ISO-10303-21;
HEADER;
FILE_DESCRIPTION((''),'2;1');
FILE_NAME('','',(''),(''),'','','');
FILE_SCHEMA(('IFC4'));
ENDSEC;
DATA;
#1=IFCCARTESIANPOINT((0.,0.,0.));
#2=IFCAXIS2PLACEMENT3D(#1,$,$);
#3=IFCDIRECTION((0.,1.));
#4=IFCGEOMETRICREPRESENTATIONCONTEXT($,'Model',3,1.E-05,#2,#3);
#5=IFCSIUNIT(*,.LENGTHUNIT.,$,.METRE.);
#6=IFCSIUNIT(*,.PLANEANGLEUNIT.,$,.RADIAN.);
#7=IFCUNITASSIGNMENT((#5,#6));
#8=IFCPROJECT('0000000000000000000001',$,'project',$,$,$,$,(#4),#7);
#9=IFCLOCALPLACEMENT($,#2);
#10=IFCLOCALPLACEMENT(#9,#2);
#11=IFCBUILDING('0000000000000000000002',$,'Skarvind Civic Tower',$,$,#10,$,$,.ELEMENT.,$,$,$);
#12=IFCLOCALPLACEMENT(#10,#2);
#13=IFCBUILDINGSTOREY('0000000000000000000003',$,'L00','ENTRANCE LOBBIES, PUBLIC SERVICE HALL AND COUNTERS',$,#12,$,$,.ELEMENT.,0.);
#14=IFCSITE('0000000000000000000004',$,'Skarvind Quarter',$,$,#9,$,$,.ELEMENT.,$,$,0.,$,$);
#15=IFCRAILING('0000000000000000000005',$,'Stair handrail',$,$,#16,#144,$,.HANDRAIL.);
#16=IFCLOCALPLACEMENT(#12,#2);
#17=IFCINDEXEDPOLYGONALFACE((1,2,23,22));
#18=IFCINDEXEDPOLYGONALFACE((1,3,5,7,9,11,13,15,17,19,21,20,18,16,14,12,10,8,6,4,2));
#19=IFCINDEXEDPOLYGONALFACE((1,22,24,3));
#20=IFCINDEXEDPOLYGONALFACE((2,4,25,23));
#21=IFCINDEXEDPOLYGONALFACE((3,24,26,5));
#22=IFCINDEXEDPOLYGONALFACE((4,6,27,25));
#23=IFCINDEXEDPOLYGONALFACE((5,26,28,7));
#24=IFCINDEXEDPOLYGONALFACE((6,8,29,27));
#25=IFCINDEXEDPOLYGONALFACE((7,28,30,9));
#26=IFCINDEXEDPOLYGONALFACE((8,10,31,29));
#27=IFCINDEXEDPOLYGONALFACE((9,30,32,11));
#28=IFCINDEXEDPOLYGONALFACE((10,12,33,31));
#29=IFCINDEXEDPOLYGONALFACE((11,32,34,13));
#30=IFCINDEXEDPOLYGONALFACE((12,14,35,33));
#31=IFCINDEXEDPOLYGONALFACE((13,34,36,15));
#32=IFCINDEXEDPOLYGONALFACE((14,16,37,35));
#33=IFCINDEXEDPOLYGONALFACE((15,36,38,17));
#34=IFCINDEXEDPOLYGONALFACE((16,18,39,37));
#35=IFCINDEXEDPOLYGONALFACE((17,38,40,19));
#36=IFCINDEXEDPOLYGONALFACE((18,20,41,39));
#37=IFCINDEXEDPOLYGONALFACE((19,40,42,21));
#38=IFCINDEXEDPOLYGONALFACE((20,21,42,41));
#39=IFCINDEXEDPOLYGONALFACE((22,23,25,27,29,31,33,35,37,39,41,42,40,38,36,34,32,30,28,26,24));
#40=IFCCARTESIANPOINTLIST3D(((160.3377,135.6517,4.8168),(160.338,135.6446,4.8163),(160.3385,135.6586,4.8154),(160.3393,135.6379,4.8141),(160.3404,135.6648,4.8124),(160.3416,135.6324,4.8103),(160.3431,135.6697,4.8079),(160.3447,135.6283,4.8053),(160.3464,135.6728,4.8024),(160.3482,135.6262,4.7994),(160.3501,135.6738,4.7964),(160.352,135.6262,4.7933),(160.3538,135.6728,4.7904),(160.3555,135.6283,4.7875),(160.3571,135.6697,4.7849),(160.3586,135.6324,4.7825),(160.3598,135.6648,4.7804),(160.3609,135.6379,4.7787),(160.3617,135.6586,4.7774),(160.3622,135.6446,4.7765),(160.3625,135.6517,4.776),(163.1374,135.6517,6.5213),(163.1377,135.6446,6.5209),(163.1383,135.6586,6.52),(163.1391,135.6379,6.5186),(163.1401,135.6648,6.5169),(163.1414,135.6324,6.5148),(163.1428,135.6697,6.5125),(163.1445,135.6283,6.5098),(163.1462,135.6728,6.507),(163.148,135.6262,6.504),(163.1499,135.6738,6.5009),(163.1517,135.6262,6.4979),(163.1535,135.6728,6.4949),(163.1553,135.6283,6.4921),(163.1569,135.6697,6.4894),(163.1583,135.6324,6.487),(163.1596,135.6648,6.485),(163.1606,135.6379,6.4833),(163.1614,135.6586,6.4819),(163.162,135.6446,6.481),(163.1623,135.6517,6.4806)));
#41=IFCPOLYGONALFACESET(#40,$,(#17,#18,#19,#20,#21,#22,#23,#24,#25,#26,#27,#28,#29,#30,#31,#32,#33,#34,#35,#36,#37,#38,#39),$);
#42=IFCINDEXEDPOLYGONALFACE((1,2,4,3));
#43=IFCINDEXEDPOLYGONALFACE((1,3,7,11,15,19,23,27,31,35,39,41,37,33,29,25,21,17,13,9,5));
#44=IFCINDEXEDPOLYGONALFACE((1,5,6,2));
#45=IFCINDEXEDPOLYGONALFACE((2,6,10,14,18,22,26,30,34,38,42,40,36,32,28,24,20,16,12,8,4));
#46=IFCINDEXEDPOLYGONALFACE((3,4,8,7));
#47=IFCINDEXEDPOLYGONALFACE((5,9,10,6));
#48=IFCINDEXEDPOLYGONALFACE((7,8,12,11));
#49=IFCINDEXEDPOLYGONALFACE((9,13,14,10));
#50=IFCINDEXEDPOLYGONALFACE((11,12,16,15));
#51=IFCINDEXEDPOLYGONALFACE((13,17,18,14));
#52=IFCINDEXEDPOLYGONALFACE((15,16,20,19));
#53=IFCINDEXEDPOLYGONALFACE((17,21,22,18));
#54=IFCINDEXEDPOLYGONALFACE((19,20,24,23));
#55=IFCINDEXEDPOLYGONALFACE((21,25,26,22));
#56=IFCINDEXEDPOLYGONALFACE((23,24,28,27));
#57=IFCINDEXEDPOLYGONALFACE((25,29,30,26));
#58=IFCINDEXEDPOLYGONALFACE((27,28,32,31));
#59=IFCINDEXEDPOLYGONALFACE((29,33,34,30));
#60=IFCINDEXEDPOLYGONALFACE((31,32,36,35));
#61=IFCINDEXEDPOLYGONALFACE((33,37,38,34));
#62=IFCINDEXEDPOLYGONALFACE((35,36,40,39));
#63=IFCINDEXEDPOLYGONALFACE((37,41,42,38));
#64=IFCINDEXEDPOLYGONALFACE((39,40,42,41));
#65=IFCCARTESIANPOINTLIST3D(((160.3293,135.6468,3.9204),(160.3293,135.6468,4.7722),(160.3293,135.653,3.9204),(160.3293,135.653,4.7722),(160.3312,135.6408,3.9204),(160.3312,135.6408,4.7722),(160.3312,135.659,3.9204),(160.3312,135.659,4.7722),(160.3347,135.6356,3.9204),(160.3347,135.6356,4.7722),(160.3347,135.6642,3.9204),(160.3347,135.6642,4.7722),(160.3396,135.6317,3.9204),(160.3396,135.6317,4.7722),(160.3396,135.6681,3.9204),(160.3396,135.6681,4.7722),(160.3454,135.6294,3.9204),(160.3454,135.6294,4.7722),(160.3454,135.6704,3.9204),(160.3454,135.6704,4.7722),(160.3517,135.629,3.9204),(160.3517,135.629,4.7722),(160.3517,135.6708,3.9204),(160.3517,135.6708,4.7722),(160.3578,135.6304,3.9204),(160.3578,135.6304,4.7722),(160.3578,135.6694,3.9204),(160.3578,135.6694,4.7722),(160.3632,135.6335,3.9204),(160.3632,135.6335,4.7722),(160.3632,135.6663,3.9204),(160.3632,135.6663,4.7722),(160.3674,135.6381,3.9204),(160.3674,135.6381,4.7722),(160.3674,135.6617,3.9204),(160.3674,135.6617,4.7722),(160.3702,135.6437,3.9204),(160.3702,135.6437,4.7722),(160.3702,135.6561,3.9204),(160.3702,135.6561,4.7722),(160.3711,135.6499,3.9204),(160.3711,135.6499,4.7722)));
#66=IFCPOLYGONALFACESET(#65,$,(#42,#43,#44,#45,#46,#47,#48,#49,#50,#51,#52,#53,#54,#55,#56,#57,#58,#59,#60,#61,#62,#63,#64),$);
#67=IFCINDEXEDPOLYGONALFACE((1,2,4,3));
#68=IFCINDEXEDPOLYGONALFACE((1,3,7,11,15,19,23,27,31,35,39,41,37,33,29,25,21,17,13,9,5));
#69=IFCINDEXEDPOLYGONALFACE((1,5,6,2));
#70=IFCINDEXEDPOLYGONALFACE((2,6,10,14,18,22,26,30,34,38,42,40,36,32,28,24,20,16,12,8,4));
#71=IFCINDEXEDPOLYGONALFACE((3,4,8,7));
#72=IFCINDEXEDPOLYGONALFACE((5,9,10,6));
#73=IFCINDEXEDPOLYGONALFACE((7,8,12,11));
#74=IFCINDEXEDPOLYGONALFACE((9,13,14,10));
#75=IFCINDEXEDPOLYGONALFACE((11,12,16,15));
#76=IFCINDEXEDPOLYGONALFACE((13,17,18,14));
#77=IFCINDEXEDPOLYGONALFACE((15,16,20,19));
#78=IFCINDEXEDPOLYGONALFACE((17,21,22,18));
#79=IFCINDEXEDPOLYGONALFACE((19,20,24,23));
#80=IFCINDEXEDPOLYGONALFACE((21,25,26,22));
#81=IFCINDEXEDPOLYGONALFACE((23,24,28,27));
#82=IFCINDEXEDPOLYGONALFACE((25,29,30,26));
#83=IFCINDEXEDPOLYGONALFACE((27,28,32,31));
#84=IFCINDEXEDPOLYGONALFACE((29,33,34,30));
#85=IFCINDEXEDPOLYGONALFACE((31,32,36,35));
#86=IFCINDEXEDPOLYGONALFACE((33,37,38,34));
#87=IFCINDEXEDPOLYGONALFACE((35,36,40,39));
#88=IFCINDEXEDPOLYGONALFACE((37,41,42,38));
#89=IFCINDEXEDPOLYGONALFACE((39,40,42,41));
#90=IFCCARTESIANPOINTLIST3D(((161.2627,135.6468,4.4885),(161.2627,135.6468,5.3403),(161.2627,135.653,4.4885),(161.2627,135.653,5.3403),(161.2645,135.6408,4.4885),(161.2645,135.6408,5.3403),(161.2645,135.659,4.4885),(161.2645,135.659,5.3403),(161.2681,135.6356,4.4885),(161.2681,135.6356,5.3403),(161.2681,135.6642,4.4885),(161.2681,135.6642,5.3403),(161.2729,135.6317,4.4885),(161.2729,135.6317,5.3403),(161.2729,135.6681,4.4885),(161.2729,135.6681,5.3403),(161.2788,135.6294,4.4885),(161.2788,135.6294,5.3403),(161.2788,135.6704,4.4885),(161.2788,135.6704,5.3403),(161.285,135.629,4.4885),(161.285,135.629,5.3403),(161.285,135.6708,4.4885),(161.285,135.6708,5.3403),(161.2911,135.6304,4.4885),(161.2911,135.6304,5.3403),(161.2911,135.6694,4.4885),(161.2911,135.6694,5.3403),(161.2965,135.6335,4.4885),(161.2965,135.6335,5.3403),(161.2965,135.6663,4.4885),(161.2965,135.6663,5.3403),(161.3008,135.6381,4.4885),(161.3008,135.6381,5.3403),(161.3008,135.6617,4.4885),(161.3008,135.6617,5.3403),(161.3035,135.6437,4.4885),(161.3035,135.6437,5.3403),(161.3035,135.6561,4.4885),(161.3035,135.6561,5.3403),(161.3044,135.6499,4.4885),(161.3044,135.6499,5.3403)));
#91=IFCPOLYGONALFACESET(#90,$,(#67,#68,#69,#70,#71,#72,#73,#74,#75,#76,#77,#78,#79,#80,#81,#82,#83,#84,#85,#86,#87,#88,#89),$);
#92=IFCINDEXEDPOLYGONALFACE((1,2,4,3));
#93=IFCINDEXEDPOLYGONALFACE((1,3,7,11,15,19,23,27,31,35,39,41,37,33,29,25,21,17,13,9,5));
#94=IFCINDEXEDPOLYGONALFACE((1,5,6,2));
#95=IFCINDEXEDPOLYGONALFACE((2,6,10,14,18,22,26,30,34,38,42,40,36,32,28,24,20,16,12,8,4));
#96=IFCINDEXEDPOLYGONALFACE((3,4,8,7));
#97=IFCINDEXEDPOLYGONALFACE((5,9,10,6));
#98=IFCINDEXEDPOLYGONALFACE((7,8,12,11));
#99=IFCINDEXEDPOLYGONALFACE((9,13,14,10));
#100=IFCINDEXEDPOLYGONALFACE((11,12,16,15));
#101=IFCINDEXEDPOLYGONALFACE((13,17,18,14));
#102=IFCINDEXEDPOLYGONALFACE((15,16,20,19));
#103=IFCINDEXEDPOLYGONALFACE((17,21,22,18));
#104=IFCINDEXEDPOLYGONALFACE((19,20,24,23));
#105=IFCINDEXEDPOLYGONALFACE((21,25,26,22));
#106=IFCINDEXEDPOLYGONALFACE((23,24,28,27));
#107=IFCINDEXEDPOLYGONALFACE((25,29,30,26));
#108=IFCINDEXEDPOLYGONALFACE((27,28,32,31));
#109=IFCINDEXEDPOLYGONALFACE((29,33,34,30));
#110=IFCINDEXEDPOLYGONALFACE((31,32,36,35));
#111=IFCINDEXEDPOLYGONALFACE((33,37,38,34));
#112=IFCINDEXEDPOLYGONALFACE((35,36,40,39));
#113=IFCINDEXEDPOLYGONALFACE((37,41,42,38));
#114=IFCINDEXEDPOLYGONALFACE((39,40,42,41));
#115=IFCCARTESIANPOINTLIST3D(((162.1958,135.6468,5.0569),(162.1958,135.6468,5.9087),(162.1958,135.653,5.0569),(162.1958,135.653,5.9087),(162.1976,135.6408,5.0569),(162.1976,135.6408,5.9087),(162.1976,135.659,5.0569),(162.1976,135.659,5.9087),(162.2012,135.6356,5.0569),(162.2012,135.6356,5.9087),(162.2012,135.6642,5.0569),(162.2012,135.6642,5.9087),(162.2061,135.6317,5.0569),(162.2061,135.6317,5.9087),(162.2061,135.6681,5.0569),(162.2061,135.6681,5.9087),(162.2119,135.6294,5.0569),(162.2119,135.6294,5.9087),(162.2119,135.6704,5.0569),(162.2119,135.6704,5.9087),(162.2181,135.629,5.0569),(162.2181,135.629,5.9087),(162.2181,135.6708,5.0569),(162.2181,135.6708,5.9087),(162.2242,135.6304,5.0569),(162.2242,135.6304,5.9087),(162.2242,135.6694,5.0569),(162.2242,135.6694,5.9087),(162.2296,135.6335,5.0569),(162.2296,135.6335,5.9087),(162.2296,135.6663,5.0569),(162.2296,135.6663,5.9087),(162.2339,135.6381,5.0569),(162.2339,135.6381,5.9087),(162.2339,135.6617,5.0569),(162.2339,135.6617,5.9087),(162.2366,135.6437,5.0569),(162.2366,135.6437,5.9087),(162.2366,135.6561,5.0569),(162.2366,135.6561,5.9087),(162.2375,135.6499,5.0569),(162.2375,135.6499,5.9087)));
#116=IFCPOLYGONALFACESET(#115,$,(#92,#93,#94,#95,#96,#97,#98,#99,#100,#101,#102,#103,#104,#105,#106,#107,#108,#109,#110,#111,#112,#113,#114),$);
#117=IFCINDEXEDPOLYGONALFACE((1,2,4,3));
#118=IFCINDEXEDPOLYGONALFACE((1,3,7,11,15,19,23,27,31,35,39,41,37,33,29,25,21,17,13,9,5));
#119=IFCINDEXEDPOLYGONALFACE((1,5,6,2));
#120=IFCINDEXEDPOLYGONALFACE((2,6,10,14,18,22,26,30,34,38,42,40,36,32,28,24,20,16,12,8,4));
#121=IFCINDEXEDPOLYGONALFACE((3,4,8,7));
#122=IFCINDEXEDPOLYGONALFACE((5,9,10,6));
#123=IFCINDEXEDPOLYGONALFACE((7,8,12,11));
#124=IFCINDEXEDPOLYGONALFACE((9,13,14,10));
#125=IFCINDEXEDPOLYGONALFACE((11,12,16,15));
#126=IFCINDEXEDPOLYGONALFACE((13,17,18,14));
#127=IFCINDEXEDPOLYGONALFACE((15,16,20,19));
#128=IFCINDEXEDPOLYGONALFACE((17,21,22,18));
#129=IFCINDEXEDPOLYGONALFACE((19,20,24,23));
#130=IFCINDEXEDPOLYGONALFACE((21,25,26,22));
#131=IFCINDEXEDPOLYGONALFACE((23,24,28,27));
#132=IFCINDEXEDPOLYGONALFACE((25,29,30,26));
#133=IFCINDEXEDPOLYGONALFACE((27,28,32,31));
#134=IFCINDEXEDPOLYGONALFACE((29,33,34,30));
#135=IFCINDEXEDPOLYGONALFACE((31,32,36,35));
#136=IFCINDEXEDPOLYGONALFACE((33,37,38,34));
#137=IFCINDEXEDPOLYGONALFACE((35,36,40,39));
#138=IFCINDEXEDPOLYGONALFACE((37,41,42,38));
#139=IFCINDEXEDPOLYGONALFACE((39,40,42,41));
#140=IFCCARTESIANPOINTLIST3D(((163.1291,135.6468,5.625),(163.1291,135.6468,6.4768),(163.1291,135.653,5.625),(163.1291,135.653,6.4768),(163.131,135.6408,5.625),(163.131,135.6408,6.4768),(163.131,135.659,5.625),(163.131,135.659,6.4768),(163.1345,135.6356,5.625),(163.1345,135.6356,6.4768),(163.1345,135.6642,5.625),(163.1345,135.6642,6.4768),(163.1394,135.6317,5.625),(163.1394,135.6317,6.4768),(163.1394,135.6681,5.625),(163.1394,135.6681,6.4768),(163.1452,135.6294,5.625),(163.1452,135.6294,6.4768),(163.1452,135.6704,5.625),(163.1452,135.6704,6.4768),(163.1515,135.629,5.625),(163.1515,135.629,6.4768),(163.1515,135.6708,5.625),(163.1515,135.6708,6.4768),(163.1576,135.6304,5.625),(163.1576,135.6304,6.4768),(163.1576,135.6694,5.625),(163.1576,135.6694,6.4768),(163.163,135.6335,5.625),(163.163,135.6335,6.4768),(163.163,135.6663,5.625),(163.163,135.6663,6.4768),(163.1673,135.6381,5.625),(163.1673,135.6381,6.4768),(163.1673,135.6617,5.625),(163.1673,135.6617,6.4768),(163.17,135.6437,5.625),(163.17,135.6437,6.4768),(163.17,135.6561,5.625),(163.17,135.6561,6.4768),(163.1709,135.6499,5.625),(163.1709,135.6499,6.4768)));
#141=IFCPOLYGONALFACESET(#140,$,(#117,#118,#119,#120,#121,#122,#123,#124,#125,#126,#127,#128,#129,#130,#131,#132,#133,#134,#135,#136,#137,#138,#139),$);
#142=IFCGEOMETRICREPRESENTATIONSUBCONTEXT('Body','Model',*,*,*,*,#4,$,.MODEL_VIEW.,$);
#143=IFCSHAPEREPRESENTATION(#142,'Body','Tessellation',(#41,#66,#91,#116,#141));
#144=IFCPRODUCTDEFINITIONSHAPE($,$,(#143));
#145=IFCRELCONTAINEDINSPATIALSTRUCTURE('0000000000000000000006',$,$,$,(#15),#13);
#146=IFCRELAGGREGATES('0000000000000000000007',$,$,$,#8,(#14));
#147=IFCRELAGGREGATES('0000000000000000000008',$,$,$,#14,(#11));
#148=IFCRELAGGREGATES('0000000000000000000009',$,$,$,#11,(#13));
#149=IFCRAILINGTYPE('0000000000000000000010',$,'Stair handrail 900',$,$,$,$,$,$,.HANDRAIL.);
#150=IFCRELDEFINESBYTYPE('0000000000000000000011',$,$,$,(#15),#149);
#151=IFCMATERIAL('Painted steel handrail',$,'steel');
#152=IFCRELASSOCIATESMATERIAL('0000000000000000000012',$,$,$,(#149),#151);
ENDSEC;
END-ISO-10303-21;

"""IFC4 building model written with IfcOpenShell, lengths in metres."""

from ifc_helpers import new_model, si_unit, direction, frame, origin, origin_2d, place, context, subcontext, project, spatial, circle, extrude, material, type_object, element, save


model = new_model("IFC4")

# Units and contexts
model_context = context("Model", 3, precision=1e-05, world=origin(), true_north=direction((0.0, 1.0)))
body_context = subcontext(model_context, "Body", "Model", "MODEL_VIEW")
ifc_project = project(units=[si_unit("LENGTHUNIT", "METRE"), si_unit("PLANEANGLEUNIT", "RADIAN")], contexts=[model_context])

# Site, building, storey
site_placement = place(None, origin())
site = spatial("IfcSite", under=ifc_project, at=site_placement, Name="Skarvind Quarter", CompositionType="ELEMENT", RefElevation=0.0)
building_placement = place(site_placement, origin())
building = spatial("IfcBuilding", under=site, at=building_placement, Name="Skarvind Civic Tower", CompositionType="ELEMENT")
storey_placement = place(building_placement, origin())
storey = spatial("IfcBuildingStorey", under=building, at=storey_placement, Name="L00", Description="ENTRANCE LOBBIES, PUBLIC SERVICE HALL AND COUNTERS", CompositionType="ELEMENT", Elevation=0.0)

# Railing
ifc_material_1 = material(Name="Painted steel handrail", Category="steel")
railing_type = type_object("IfcRailingType", Name="Stair handrail 900", PredefinedType="HANDRAIL", material=ifc_material_1)
railing_1_placement = place(storey_placement, frame((160.3501, 135.6499, 3.9204)))
element("IfcRailing", 1, at=railing_1_placement, inside=storey, type_object=railing_type, Name="Stair handrail", PredefinedType="HANDRAIL", context=body_context, shape_type="SweptSolid", body=[
    extrude(circle(Radius=0.0239, at=origin_2d()), frame((0.0, 0.0, 0.876), z_axis=(0.85415, 0.0, 0.520027), x_axis=(0.0, 1.0, 0.0)), (0.0, 0.0, 1.0), 3.2778),
    extrude(circle(Radius=0.021, at=origin_2d()), origin(), (0.0, 0.0, 1.0), 0.8518),
    extrude(circle(Radius=0.021, at=origin_2d()), frame((0.9333, 0.0, 0.5681)), (0.0, 0.0, 1.0), 0.8518),
    extrude(circle(Radius=0.021, at=origin_2d()), frame((1.8665, 0.0, 1.1365)), (0.0, 0.0, 1.0), 0.8518),
    extrude(circle(Radius=0.021, at=origin_2d()), frame((2.7998, 0.0, 1.7046)), (0.0, 0.0, 1.0), 0.8518),
])

save(model, "model.ifc")
